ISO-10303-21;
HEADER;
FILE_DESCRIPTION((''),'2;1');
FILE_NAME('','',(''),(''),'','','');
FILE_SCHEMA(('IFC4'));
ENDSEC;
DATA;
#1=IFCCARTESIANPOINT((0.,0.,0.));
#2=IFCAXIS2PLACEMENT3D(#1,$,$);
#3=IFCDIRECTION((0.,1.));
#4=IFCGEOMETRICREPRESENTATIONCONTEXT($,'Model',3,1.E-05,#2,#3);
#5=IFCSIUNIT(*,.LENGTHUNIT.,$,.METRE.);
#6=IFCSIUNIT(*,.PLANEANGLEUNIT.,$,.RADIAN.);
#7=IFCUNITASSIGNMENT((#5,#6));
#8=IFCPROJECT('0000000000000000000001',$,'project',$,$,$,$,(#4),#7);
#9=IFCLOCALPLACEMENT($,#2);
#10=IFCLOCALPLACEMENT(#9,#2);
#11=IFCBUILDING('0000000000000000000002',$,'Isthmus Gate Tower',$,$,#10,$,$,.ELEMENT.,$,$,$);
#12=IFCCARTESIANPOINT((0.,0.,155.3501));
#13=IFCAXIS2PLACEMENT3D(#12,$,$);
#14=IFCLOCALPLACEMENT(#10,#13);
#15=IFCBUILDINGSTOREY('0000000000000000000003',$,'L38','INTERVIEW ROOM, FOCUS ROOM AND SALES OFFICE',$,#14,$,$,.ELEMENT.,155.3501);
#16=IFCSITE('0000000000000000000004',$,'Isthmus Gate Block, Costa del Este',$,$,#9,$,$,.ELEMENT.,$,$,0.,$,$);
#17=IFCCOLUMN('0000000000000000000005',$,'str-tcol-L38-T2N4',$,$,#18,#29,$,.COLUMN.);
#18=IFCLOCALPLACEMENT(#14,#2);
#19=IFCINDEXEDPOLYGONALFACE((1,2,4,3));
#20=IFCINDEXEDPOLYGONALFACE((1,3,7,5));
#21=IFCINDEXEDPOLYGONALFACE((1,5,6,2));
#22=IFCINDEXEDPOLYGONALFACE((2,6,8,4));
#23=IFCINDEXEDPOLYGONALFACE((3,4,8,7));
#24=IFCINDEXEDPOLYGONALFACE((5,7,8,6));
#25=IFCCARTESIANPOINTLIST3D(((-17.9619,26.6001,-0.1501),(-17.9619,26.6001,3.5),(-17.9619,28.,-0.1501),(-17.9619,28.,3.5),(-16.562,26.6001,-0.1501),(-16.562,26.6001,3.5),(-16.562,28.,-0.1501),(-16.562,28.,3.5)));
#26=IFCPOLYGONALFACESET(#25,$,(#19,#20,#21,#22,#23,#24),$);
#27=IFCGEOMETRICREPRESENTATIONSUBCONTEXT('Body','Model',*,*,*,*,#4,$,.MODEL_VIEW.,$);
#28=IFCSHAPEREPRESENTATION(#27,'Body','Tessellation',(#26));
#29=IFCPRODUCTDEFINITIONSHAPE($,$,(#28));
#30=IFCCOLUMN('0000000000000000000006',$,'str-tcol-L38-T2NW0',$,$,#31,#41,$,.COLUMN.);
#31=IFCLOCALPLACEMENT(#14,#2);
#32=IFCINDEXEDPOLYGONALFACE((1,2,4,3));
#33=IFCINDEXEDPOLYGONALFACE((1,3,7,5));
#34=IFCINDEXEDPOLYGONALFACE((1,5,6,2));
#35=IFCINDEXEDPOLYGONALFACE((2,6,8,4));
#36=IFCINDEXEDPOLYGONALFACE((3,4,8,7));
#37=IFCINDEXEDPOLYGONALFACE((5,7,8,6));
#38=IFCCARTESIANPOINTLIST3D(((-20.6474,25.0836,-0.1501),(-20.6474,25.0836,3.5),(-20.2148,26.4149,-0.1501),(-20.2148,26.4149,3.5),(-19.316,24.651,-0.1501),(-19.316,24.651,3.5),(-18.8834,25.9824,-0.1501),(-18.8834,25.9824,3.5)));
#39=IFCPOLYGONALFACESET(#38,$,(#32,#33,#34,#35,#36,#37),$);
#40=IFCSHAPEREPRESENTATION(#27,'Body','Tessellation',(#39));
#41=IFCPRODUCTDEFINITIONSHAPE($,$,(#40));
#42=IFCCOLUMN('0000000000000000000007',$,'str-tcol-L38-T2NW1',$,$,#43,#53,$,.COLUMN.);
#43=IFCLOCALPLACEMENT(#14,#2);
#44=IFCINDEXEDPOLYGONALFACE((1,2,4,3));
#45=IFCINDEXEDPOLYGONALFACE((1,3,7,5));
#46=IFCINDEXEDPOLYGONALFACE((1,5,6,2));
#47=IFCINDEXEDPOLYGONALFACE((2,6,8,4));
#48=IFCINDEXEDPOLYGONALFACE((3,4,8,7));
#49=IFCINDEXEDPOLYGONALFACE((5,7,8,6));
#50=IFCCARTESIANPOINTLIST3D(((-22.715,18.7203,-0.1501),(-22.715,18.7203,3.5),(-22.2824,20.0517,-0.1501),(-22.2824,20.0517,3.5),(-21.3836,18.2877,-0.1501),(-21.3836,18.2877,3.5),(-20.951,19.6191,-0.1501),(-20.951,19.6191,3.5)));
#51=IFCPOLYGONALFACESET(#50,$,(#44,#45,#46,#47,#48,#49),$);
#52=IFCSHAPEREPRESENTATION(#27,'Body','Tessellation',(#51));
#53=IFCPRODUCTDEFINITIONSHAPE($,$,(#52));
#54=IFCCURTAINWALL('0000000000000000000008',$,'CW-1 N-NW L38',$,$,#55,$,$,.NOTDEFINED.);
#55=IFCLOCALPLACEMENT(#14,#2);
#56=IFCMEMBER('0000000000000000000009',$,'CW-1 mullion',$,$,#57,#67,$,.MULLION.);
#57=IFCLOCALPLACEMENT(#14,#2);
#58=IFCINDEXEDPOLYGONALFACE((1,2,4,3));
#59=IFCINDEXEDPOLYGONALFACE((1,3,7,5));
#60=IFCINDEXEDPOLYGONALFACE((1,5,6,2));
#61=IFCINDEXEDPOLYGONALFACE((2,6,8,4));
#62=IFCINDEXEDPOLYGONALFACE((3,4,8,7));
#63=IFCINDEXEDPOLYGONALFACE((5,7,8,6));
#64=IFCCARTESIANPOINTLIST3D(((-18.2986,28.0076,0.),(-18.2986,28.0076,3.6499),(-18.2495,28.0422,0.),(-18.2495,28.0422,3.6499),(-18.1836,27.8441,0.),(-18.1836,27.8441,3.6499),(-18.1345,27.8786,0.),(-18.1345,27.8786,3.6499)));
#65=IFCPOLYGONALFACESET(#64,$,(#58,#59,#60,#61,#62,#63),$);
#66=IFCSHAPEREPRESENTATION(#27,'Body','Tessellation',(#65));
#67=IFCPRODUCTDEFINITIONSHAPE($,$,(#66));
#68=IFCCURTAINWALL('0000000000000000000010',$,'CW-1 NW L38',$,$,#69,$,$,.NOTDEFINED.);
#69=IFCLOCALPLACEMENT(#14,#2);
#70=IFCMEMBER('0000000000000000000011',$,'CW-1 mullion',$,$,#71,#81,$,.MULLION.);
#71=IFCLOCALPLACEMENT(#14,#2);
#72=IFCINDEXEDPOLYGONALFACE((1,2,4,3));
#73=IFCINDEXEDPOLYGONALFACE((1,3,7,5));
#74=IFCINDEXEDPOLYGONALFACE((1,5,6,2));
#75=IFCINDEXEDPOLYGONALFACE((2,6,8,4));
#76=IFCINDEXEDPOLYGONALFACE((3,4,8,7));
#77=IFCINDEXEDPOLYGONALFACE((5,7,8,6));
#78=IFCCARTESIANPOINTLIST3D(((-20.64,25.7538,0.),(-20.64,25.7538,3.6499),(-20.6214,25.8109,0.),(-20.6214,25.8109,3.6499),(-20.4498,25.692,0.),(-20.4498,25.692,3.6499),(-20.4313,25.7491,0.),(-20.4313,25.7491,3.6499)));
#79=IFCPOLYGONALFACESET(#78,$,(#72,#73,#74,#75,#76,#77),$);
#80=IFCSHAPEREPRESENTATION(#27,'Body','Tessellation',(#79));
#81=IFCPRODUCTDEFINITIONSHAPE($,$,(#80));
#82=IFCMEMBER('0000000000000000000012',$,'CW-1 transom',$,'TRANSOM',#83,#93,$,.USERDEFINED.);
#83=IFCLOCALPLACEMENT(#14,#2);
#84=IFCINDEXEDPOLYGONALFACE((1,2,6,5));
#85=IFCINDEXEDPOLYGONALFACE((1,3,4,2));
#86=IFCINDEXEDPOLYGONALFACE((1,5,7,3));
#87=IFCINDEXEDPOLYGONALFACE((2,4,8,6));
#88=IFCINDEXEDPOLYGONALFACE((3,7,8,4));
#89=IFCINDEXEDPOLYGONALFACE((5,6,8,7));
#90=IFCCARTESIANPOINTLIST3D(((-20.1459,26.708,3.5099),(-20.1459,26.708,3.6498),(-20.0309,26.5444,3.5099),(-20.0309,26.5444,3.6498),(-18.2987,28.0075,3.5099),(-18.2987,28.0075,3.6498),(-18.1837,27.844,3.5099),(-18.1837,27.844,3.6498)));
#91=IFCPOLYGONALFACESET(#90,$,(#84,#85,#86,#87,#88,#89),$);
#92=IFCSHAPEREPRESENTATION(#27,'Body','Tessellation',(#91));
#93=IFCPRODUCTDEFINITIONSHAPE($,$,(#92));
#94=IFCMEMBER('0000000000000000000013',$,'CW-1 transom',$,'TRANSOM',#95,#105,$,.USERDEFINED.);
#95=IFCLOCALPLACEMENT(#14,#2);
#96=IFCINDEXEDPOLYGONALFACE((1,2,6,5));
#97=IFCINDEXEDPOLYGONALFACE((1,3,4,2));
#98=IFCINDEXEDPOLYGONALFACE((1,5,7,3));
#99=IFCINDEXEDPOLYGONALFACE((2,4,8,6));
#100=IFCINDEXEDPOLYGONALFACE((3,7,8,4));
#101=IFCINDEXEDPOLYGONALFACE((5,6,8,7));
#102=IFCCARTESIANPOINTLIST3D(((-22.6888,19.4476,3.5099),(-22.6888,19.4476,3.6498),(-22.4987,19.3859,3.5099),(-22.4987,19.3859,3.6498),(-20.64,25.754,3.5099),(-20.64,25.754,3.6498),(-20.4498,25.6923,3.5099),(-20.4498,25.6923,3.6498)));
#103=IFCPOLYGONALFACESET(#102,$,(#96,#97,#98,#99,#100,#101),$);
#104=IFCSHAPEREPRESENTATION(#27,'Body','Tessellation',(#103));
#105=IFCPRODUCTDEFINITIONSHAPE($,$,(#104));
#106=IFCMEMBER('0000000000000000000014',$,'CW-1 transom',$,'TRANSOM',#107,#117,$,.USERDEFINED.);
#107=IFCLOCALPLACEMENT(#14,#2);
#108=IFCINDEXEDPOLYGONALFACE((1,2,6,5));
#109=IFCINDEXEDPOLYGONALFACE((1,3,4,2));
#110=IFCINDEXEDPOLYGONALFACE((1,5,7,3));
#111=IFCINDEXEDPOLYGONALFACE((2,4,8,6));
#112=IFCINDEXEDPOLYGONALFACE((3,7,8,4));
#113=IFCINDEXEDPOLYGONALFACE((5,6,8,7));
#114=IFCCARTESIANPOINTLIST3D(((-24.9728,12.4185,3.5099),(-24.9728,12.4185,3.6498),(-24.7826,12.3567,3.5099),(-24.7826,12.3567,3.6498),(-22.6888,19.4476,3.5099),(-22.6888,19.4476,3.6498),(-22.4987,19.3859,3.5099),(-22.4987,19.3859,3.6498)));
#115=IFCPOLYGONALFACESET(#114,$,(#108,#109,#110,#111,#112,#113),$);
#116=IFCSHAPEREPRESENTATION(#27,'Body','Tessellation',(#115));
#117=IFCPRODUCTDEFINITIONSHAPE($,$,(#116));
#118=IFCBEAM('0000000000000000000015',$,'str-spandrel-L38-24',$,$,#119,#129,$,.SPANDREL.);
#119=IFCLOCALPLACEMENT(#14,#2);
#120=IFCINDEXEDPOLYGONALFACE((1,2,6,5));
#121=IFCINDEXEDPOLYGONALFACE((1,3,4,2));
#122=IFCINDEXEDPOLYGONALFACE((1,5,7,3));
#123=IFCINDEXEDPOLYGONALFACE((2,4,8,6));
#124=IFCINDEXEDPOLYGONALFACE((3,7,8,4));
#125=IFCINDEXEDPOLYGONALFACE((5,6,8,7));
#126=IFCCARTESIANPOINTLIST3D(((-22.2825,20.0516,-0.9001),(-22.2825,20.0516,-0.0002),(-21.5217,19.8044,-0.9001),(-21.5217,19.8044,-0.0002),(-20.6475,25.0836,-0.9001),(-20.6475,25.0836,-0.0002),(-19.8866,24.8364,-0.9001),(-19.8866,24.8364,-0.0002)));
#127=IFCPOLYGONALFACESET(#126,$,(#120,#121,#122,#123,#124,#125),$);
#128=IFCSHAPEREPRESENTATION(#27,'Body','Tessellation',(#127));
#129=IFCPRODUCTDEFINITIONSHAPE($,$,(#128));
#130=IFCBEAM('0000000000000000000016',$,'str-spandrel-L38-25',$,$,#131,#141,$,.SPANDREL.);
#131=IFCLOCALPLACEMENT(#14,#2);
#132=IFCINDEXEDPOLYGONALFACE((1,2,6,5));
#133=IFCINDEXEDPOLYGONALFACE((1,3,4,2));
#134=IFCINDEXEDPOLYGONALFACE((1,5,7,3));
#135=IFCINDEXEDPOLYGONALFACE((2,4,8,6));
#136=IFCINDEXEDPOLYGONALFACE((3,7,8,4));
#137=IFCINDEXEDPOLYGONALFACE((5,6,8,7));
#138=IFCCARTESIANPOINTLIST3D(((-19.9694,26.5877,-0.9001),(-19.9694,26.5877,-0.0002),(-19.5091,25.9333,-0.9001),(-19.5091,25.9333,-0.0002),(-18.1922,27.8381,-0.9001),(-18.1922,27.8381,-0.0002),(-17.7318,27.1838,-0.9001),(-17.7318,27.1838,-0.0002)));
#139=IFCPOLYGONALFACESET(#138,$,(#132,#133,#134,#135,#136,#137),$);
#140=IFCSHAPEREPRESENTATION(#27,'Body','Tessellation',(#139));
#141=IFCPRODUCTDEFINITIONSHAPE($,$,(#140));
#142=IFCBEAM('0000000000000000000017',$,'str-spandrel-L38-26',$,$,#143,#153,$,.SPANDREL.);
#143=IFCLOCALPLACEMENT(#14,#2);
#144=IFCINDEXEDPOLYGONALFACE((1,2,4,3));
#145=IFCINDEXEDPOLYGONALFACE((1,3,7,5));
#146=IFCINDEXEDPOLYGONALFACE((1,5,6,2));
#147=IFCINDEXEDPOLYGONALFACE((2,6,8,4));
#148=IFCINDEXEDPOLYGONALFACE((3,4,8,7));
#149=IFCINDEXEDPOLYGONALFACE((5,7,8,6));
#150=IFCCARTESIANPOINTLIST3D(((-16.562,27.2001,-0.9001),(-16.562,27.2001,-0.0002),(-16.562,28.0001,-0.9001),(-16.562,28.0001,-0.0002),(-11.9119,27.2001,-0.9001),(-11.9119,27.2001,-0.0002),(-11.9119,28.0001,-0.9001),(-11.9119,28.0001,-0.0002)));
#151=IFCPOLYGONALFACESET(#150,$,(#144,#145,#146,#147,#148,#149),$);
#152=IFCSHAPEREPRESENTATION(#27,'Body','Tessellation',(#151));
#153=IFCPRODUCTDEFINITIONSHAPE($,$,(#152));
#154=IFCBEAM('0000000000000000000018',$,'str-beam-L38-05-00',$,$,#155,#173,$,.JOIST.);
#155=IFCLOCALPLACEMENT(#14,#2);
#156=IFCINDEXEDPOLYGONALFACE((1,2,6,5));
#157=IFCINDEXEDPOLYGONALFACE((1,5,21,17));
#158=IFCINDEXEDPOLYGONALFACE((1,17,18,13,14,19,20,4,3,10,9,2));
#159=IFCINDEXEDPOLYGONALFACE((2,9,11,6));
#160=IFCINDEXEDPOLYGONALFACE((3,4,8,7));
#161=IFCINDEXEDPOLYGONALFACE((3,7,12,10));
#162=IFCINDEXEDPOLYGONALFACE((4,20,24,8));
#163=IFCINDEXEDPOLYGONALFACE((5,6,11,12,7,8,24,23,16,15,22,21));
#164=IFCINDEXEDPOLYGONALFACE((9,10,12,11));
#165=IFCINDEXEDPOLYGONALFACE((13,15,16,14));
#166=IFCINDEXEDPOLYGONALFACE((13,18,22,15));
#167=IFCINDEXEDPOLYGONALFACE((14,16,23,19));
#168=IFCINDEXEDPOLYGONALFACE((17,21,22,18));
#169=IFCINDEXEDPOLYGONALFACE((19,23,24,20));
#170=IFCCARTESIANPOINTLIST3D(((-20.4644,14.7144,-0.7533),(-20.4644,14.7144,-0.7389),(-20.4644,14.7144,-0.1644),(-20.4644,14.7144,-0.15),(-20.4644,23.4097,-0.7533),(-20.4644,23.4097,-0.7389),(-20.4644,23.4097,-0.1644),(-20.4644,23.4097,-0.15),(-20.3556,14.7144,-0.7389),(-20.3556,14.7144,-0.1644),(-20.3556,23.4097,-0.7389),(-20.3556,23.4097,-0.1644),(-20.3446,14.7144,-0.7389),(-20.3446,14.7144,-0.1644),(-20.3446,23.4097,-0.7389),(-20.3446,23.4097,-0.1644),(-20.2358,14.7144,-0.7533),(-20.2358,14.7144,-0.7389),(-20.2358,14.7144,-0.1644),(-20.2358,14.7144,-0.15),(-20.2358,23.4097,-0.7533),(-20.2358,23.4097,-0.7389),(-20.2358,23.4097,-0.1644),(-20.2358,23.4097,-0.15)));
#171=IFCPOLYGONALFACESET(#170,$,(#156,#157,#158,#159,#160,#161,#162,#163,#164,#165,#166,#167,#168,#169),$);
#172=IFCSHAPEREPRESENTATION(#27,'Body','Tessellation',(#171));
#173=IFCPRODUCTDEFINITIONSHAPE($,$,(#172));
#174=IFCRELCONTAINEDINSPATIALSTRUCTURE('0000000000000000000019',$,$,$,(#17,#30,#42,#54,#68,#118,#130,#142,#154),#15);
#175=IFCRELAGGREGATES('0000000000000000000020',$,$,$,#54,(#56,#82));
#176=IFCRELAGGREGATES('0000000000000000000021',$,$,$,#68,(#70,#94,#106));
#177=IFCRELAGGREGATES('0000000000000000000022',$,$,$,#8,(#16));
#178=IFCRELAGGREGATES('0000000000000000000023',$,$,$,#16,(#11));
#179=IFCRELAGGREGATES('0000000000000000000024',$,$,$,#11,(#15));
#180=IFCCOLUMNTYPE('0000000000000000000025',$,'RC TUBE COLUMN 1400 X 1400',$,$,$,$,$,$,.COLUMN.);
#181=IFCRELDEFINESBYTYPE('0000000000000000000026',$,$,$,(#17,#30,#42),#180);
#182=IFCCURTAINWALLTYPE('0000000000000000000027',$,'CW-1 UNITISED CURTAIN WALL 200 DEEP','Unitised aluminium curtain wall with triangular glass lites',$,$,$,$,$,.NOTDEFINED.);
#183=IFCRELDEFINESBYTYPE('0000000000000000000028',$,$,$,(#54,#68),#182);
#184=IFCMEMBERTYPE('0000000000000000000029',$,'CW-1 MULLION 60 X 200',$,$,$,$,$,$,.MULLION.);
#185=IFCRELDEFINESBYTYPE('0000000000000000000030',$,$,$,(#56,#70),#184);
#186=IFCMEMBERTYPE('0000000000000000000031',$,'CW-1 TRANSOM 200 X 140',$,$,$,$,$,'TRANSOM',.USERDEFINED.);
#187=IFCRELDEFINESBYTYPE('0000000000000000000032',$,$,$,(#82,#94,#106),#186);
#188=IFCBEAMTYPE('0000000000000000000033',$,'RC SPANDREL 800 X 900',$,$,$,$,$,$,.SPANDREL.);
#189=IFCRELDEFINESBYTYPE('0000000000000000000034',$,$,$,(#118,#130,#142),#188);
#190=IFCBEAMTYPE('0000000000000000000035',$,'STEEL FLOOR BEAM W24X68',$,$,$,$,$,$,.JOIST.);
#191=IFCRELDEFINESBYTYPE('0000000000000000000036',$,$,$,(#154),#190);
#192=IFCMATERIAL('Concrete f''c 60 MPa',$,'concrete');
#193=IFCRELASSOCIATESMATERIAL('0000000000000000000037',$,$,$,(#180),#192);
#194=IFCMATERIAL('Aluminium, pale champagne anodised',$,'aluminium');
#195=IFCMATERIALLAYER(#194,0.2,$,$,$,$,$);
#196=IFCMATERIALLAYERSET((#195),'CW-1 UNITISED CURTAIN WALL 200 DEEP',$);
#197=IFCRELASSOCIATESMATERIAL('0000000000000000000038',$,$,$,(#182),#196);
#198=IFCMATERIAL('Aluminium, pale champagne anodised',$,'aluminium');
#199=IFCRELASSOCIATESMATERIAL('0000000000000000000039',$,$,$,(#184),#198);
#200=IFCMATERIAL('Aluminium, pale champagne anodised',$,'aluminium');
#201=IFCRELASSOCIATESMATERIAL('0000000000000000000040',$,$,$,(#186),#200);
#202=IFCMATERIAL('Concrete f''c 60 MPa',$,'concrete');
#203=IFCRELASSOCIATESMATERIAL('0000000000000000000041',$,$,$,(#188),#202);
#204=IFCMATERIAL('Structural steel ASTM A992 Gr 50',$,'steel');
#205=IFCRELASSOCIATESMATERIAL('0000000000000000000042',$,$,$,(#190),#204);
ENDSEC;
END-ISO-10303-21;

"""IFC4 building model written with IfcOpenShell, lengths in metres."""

from ifc_helpers import new_model, si_unit, direction, frame, origin, origin_2d, place, context, subcontext, project, spatial, rectangle, i_section, extrude, material, layer, layer_set, material_profile, profile_set, type_object, element, aggregate, save


model = new_model("IFC4")

# Units and contexts
model_context = context("Model", 3, precision=1e-05, world=origin(), true_north=direction((0.0, 1.0)))
body_context = subcontext(model_context, "Body", "Model", "MODEL_VIEW")
ifc_project = project(units=[si_unit("LENGTHUNIT", "METRE"), si_unit("PLANEANGLEUNIT", "RADIAN")], contexts=[model_context])

# Site, building, storey
site_placement = place(None, origin())
site = spatial("IfcSite", under=ifc_project, at=site_placement, Name="Isthmus Gate Block, Costa del Este", CompositionType="ELEMENT", RefElevation=0.0)
building_placement = place(site_placement, origin())
building = spatial("IfcBuilding", under=site, at=building_placement, Name="Isthmus Gate Tower", CompositionType="ELEMENT")
storey_placement = place(building_placement, frame((0.0, 0.0, 155.3501)))
storey = spatial("IfcBuildingStorey", under=building, at=storey_placement, Name="L38", Description="INTERVIEW ROOM, FOCUS ROOM AND SALES OFFICE", CompositionType="ELEMENT", Elevation=155.3501)

# Columns
ifc_material_1 = material(Name="Concrete f'c 60 MPa", Category="concrete")
ifc_material_profile_1 = material_profile(ifc_material_1, rectangle(XDim=1.3999, YDim=1.3999, at=origin_2d()), Name="RC 1400X1400")
ifc_profile_set_1 = profile_set([ifc_material_profile_1], Name="Concrete f'c 60 MPa")
column_type = type_object("IfcColumnType", Name="RC TUBE COLUMN 1400 X 1400", PredefinedType="COLUMN", material=ifc_profile_set_1)
for number, where, z_axis, x_axis, name in (
    (1, (-17.262, 27.3, -0.1501), (0.0, 0.0, 1.0), (-1.0, 0.0, 0.0), "str-tcol-L38-T2N4"),
    (2, (-19.7654, 25.533, -0.1501), (0.0, 0.0, 1.0), (-0.309017, -0.951057, 0.0), "str-tcol-L38-T2NW0"),
    (3, (-21.833, 19.1697, -0.1501), (0.0, 0.0, 1.0), (-0.309017, -0.951057, 0.0), "str-tcol-L38-T2NW1"),
):
    element("IfcColumn", number, at=place(storey_placement, frame(where, z_axis=z_axis, x_axis=x_axis)), inside=storey, type_object=column_type, Name=name, PredefinedType="COLUMN", context=body_context, shape_type="SweptSolid", body=[
        extrude(rectangle(XDim=1.3999, YDim=1.3999, at=origin_2d()), origin(), (0.0, 0.0, 1.0), 3.6501),
    ])

# Curtain walls, members
ifc_material_2 = material(Name="Aluminium, pale champagne anodised", Category="aluminium")
ifc_layer_1 = layer(ifc_material_2, 0.2)
ifc_layer_set_1 = layer_set([ifc_layer_1], Name="CW-1 UNITISED CURTAIN WALL 200 DEEP")
curtain_wall_type = type_object("IfcCurtainWallType", Name="CW-1 UNITISED CURTAIN WALL 200 DEEP", Description="Unitised aluminium curtain wall with triangular glass lites", PredefinedType="NOTDEFINED", material=ifc_layer_set_1)
curtain_wall_1_placement = place(storey_placement, origin())
curtain_wall_1 = element("IfcCurtainWall", 4, at=curtain_wall_1_placement, inside=storey, type_object=curtain_wall_type, Name="CW-1 N-NW L38", PredefinedType="NOTDEFINED")
ifc_material_3 = material(Name="Aluminium, pale champagne anodised", Category="aluminium")
ifc_material_profile_2 = material_profile(ifc_material_3, rectangle(XDim=0.0601, YDim=0.2, at=origin_2d()), Name="60x200")
ifc_profile_set_2 = profile_set([ifc_material_profile_2], Name="Aluminium, pale champagne anodised")
member_type_1 = type_object("IfcMemberType", Name="CW-1 MULLION 60 X 200", PredefinedType="MULLION", material=ifc_profile_set_2)
member_1_placement = place(storey_placement, frame((-18.2166, 27.9431, 0.0), z_axis=(0.0, 0.0, 1.0), x_axis=(-0.81786, -0.575418, 0.0)))
member_1 = element("IfcMember", 5, at=member_1_placement, type_object=member_type_1, Name="CW-1 mullion", PredefinedType="MULLION", context=body_context, shape_type="SweptSolid", body=[
    extrude(rectangle(XDim=0.0601, YDim=0.2, at=origin_2d()), origin(), (0.0, 0.0, 1.0), 3.6499),
])
curtain_wall_2_placement = place(storey_placement, origin())
curtain_wall_2 = element("IfcCurtainWall", 6, at=curtain_wall_2_placement, inside=storey, type_object=curtain_wall_type, Name="CW-1 NW L38", PredefinedType="NOTDEFINED")
member_2_placement = place(storey_placement, frame((-20.5356, 25.7515, 0.0), z_axis=(0.0, 0.0, 1.0), x_axis=(-0.309017, -0.951057, 0.0)))
member_2 = element("IfcMember", 7, at=member_2_placement, type_object=member_type_1, Name="CW-1 mullion", PredefinedType="MULLION", context=body_context, shape_type="SweptSolid", body=[
    extrude(rectangle(XDim=0.0601, YDim=0.2, at=origin_2d()), origin(), (0.0, 0.0, 1.0), 3.6499),
])

# Members
ifc_material_4 = material(Name="Aluminium, pale champagne anodised", Category="aluminium")
ifc_material_profile_3 = material_profile(ifc_material_4, rectangle(XDim=0.2, YDim=0.1399, at=origin_2d()), Name="200x140")
ifc_profile_set_3 = profile_set([ifc_material_profile_3], Name="Aluminium, pale champagne anodised")
member_type_2 = type_object("IfcMemberType", Name="CW-1 TRANSOM 200 X 140", ElementType="TRANSOM", PredefinedType="USERDEFINED", material=ifc_profile_set_3)
member_3_placement = place(storey_placement, frame((-18.2412, 27.9258, 3.5798), z_axis=(-0.817869, -0.575405, 0.0), x_axis=(0.575405, -0.817869, 0.0)))
member_3 = element("IfcMember", 8, at=member_3_placement, type_object=member_type_2, Name="CW-1 transom", ObjectType="TRANSOM", PredefinedType="USERDEFINED", context=body_context, shape_type="SweptSolid", body=[
    extrude(rectangle(XDim=0.2, YDim=0.1399, at=origin_2d()), origin(), (0.0, 0.0, 1.0), 2.2585),
])
member_4_placement = place(storey_placement, frame((-20.5449, 25.7231, 3.5798), z_axis=(-0.308984, -0.951067, 0.0), x_axis=(0.951067, -0.308984, 0.0)))
member_4 = element("IfcMember", 9, at=member_4_placement, type_object=member_type_2, Name="CW-1 transom", ObjectType="TRANSOM", PredefinedType="USERDEFINED", context=body_context, shape_type="SweptSolid", body=[
    extrude(rectangle(XDim=0.2, YDim=0.1399, at=origin_2d()), origin(), (0.0, 0.0, 1.0), 6.6309),
])
member_5_placement = place(storey_placement, frame((-22.5938, 19.4167, 3.5798), z_axis=(-0.309024, -0.951054, 0.0), x_axis=(0.951054, -0.309024, 0.0)))
member_5 = element("IfcMember", 10, at=member_5_placement, type_object=member_type_2, Name="CW-1 transom", ObjectType="TRANSOM", PredefinedType="USERDEFINED", context=body_context, shape_type="SweptSolid", body=[
    extrude(rectangle(XDim=0.2, YDim=0.1399, at=origin_2d()), origin(), (0.0, 0.0, 1.0), 7.3909),
])

# Beams
ifc_material_5 = material(Name="Concrete f'c 60 MPa", Category="concrete")
ifc_material_profile_4 = material_profile(ifc_material_5, rectangle(XDim=0.8, YDim=0.8999, at=origin_2d()), Name="RC 800X900")
ifc_profile_set_4 = profile_set([ifc_material_profile_4], Name="Concrete f'c 60 MPa")
beam_type_1 = type_object("IfcBeamType", Name="RC SPANDREL 800 X 900", PredefinedType="SPANDREL", material=ifc_profile_set_4)
beam_1_placement = place(storey_placement, frame((-21.9021, 19.928, -0.4502), z_axis=(0.30902, 0.951055, 0.0), x_axis=(-0.951055, 0.30902, 0.0)))
element("IfcBeam", 11, at=beam_1_placement, inside=storey, type_object=beam_type_1, Name="str-spandrel-L38-24", PredefinedType="SPANDREL", context=body_context, shape_type="SweptSolid", body=[
    extrude(rectangle(XDim=0.8, YDim=0.8999, at=origin_2d()), origin(), (0.0, 0.0, 1.0), 5.291),
])
beam_2_placement = place(storey_placement, frame((-19.7393, 26.2605, -0.4502), z_axis=(0.817857, 0.575421, 0.0), x_axis=(-0.575421, 0.817857, 0.0)))
element("IfcBeam", 12, at=beam_2_placement, inside=storey, type_object=beam_type_1, Name="str-spandrel-L38-25", PredefinedType="SPANDREL", context=body_context, shape_type="SweptSolid", body=[
    extrude(rectangle(XDim=0.8, YDim=0.8999, at=origin_2d()), origin(), (0.0, 0.0, 1.0), 2.1731),
])
beam_3_placement = place(storey_placement, frame((-16.562, 27.6001, -0.4502), z_axis=(1.0, 0.0, 0.0), x_axis=(0.0, 1.0, 0.0)))
element("IfcBeam", 13, at=beam_3_placement, inside=storey, type_object=beam_type_1, Name="str-spandrel-L38-26", PredefinedType="SPANDREL", context=body_context, shape_type="SweptSolid", body=[
    extrude(rectangle(XDim=0.8, YDim=0.8999, at=origin_2d()), origin(), (0.0, 0.0, 1.0), 4.6501),
])
ifc_material_6 = material(Name="Structural steel ASTM A992 Gr 50", Category="steel")
ifc_material_profile_5 = material_profile(ifc_material_6, i_section(OverallWidth=0.2285, OverallDepth=0.6033, WebThickness=0.011, FlangeThickness=0.0144, at=origin_2d()), Name="W24X68")
ifc_profile_set_5 = profile_set([ifc_material_profile_5], Name="Structural steel ASTM A992 Gr 50")
beam_type_2 = type_object("IfcBeamType", Name="STEEL FLOOR BEAM W24X68", PredefinedType="JOIST", material=ifc_profile_set_5)
beam_4_placement = place(storey_placement, frame((-20.3501, 14.7144, -0.4517), z_axis=(0.0, 1.0, 0.0), x_axis=(-1.0, 0.0, 0.0)))
element("IfcBeam", 14, at=beam_4_placement, inside=storey, type_object=beam_type_2, Name="str-beam-L38-05-00", PredefinedType="JOIST", context=body_context, shape_type="SweptSolid", body=[
    extrude(i_section(OverallWidth=0.2285, OverallDepth=0.6033, WebThickness=0.011, FlangeThickness=0.0144, at=origin_2d()), origin(), (0.0, 0.0, 1.0), 8.6953),
])

aggregate(curtain_wall_1, [member_1, member_3])

aggregate(curtain_wall_2, [member_2, member_4, member_5])

save(model, "model.ifc")
